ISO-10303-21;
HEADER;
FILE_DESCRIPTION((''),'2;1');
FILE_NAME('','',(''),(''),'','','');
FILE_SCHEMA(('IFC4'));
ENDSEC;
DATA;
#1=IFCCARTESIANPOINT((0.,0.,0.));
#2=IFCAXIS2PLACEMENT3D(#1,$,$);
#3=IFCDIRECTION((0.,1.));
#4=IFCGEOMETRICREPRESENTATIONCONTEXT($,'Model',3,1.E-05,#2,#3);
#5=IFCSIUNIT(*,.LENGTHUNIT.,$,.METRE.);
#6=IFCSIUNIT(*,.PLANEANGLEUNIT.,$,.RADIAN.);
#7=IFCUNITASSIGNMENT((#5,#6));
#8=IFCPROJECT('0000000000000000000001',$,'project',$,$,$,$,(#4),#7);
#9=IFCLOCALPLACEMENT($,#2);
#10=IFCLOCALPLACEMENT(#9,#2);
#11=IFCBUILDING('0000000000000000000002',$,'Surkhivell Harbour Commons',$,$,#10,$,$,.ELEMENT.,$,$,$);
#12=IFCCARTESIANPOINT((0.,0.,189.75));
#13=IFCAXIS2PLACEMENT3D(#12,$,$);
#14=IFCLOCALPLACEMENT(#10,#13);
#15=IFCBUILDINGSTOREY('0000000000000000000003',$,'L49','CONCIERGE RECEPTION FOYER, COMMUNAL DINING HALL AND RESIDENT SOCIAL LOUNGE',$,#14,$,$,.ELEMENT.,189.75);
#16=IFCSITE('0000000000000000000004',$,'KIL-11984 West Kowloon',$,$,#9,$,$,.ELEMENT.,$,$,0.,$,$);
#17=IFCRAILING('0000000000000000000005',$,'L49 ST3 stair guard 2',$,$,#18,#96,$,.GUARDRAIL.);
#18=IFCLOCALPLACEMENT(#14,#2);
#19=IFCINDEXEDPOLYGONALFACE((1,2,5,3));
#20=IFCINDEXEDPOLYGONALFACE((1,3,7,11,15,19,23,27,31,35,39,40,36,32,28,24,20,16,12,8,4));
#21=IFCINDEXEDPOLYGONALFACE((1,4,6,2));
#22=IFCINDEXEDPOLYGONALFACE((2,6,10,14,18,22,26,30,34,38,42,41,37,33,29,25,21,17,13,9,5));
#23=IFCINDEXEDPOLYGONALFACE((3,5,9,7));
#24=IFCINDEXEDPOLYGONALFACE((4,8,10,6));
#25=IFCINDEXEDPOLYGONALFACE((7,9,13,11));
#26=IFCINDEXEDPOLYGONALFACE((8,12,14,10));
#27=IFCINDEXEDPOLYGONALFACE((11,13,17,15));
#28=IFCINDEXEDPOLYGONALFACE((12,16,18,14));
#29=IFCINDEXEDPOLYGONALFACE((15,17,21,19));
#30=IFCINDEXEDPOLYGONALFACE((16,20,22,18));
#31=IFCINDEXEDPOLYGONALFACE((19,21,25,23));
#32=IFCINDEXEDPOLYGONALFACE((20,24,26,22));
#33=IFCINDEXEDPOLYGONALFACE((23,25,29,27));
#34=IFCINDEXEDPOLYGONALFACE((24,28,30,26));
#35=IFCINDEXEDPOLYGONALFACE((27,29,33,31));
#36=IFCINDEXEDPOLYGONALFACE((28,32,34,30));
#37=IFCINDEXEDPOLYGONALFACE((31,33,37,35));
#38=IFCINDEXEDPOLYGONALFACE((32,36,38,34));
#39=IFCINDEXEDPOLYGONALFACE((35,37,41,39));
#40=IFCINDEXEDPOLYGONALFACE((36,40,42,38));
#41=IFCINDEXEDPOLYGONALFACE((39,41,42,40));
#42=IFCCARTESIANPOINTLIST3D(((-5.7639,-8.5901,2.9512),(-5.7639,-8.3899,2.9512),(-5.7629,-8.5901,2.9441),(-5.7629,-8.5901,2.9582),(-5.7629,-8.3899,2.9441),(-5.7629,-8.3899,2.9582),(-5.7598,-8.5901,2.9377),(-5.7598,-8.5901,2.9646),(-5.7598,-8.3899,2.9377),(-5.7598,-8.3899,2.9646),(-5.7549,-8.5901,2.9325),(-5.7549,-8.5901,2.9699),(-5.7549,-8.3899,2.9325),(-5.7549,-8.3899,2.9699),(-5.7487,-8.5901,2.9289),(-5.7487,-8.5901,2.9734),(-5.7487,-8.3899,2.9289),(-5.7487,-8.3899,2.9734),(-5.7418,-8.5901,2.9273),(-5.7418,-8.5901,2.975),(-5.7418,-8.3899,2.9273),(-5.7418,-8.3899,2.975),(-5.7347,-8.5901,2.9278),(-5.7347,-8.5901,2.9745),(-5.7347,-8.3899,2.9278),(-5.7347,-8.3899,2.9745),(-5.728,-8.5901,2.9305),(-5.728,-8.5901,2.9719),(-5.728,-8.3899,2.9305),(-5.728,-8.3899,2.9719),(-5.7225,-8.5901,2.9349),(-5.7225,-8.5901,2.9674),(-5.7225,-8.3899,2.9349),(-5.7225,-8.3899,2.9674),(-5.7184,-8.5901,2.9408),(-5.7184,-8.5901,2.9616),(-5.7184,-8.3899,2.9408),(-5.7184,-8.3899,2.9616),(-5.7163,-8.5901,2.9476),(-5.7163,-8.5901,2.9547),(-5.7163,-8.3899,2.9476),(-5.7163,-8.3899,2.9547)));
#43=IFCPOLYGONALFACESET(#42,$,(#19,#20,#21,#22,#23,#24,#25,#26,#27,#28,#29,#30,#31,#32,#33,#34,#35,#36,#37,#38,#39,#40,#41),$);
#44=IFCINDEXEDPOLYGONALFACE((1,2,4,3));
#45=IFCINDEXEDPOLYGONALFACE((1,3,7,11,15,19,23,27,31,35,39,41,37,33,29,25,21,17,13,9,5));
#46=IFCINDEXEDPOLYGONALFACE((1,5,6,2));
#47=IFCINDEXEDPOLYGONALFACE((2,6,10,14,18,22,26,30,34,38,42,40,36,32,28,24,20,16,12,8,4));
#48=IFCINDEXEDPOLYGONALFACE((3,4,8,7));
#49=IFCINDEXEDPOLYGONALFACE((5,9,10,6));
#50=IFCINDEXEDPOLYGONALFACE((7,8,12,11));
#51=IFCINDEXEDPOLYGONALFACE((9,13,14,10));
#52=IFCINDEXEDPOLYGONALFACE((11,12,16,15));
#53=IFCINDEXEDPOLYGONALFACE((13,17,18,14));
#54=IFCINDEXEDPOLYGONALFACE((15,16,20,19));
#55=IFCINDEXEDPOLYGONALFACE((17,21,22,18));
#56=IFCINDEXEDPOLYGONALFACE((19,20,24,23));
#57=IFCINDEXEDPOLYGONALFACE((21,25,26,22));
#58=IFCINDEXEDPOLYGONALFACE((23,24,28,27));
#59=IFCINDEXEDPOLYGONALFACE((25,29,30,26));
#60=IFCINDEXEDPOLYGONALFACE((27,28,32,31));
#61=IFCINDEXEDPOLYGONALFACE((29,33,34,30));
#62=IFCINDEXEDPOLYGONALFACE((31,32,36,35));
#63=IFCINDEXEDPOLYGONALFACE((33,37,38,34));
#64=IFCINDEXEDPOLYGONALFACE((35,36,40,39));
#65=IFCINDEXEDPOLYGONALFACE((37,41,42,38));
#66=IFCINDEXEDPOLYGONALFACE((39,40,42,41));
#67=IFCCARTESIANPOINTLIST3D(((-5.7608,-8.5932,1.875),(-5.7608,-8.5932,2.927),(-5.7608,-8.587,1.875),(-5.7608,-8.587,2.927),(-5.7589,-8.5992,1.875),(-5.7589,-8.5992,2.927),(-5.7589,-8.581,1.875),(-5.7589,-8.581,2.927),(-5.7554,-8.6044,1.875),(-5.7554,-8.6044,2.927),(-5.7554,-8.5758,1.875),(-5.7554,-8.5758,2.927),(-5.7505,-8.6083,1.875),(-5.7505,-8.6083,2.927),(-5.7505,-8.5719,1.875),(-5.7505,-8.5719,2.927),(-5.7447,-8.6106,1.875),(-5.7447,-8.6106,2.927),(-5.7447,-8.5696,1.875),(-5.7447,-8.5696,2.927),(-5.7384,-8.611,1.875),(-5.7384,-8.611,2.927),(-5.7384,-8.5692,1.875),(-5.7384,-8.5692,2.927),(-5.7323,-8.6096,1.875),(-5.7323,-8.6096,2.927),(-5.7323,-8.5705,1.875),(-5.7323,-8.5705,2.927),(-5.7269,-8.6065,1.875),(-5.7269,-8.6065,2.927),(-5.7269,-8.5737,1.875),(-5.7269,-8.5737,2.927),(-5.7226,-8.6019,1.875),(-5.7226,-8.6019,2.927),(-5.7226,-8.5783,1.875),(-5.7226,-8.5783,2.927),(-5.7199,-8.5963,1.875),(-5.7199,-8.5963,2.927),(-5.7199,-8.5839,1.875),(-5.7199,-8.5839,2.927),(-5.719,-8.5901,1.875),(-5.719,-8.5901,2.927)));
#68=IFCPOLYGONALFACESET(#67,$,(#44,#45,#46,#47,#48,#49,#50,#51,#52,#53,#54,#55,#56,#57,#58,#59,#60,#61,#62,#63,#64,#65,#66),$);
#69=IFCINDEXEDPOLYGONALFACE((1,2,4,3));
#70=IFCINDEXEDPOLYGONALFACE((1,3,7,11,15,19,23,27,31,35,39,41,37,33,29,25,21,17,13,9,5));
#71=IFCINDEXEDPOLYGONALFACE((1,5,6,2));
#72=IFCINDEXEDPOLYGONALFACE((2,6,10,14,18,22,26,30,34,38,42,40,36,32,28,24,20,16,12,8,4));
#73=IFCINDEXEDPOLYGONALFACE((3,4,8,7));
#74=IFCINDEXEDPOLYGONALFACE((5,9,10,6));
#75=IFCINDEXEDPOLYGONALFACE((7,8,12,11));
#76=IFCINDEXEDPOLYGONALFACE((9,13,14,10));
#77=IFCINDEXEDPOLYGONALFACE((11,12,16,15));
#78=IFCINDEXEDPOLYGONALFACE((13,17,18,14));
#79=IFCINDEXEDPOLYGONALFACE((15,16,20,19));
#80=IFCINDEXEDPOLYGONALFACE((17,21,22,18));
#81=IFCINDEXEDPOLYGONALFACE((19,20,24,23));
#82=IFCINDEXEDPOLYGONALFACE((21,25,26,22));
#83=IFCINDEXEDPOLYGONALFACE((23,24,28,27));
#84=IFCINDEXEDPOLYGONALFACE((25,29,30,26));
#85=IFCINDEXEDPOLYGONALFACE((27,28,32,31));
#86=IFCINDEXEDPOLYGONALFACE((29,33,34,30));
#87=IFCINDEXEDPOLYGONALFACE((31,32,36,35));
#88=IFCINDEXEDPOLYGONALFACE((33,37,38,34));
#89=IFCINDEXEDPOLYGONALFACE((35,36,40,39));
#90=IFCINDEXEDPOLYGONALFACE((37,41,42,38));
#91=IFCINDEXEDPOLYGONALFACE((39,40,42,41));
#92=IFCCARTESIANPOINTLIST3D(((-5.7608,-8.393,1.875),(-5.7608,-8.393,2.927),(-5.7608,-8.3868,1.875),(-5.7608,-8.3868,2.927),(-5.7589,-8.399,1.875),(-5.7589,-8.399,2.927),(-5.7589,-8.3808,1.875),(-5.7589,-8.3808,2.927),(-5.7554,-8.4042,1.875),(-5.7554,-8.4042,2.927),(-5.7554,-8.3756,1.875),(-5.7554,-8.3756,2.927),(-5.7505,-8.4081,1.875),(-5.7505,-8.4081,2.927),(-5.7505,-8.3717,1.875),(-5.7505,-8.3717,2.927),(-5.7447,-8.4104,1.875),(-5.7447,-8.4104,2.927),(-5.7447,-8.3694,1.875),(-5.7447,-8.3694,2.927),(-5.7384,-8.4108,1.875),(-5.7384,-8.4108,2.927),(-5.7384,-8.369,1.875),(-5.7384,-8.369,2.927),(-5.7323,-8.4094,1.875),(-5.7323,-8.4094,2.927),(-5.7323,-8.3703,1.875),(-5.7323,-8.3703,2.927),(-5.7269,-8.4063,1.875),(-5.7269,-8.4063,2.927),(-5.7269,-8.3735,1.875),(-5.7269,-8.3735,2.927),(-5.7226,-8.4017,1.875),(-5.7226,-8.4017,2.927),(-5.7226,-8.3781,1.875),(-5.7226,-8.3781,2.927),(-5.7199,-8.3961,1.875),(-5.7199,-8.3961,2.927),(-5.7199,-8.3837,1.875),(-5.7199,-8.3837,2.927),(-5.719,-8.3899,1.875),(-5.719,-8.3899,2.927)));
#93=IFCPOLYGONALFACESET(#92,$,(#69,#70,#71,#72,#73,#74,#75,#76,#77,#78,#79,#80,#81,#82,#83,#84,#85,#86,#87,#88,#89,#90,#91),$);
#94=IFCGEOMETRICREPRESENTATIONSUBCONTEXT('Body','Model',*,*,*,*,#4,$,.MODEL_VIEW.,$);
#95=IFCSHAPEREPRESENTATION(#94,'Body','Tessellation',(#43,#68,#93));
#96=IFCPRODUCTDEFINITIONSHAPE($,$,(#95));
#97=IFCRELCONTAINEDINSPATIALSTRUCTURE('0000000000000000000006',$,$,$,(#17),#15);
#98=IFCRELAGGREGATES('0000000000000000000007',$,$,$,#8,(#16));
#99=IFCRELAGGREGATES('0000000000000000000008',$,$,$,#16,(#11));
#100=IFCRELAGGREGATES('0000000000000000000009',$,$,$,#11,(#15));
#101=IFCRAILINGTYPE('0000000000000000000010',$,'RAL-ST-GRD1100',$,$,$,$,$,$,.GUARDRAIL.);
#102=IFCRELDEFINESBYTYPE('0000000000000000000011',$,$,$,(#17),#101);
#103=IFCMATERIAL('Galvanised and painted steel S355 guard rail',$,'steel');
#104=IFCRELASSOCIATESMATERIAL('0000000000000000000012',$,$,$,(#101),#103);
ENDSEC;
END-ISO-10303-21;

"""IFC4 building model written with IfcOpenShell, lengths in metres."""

from ifc_helpers import new_model, si_unit, direction, frame, origin, origin_2d, place, context, subcontext, project, spatial, circle, extrude, material, type_object, element, save


model = new_model("IFC4")

# Units and contexts
model_context = context("Model", 3, precision=1e-05, world=origin(), true_north=direction((0.0, 1.0)))
body_context = subcontext(model_context, "Body", "Model", "MODEL_VIEW")
ifc_project = project(units=[si_unit("LENGTHUNIT", "METRE"), si_unit("PLANEANGLEUNIT", "RADIAN")], contexts=[model_context])

# Site, building, storey
site_placement = place(None, origin())
site = spatial("IfcSite", under=ifc_project, at=site_placement, Name="KIL-11984 West Kowloon", CompositionType="ELEMENT", RefElevation=0.0)
building_placement = place(site_placement, origin())
building = spatial("IfcBuilding", under=site, at=building_placement, Name="Surkhivell Harbour Commons", CompositionType="ELEMENT")
storey_placement = place(building_placement, frame((0.0, 0.0, 189.75)))
storey = spatial("IfcBuildingStorey", under=building, at=storey_placement, Name="L49", Description="CONCIERGE RECEPTION FOYER, COMMUNAL DINING HALL AND RESIDENT SOCIAL LOUNGE", CompositionType="ELEMENT", Elevation=189.75)

# Railing
ifc_material_1 = material(Name="Galvanised and painted steel S355 guard rail", Category="steel")
railing_type_1 = type_object("IfcRailingType", Name="RAL-ST-GRD1100", PredefinedType="GUARDRAIL", material=ifc_material_1)
railing_1_placement = place(storey_placement, frame((-5.74, -8.5901, 1.875)))
element("IfcRailing", 1, at=railing_1_placement, inside=storey, type_object=railing_type_1, Name="L49 ST3 stair guard 2", PredefinedType="GUARDRAIL", context=body_context, shape_type="SweptSolid", body=[
    extrude(circle(Radius=0.0239, at=origin_2d()), frame((0.0, 0.0, 1.0762), z_axis=(0.0, 1.0, 0.0), x_axis=(-1.0, 0.0, 0.0)), (0.0, 0.0, 1.0), 0.2002),
    extrude(circle(Radius=0.021, at=origin_2d()), origin(), (0.0, 0.0, 1.0), 1.052),
    extrude(circle(Radius=0.021, at=origin_2d()), frame((0.0, 0.2002, 0.0)), (0.0, 0.0, 1.0), 1.052),
])

save(model, "model.ifc")
